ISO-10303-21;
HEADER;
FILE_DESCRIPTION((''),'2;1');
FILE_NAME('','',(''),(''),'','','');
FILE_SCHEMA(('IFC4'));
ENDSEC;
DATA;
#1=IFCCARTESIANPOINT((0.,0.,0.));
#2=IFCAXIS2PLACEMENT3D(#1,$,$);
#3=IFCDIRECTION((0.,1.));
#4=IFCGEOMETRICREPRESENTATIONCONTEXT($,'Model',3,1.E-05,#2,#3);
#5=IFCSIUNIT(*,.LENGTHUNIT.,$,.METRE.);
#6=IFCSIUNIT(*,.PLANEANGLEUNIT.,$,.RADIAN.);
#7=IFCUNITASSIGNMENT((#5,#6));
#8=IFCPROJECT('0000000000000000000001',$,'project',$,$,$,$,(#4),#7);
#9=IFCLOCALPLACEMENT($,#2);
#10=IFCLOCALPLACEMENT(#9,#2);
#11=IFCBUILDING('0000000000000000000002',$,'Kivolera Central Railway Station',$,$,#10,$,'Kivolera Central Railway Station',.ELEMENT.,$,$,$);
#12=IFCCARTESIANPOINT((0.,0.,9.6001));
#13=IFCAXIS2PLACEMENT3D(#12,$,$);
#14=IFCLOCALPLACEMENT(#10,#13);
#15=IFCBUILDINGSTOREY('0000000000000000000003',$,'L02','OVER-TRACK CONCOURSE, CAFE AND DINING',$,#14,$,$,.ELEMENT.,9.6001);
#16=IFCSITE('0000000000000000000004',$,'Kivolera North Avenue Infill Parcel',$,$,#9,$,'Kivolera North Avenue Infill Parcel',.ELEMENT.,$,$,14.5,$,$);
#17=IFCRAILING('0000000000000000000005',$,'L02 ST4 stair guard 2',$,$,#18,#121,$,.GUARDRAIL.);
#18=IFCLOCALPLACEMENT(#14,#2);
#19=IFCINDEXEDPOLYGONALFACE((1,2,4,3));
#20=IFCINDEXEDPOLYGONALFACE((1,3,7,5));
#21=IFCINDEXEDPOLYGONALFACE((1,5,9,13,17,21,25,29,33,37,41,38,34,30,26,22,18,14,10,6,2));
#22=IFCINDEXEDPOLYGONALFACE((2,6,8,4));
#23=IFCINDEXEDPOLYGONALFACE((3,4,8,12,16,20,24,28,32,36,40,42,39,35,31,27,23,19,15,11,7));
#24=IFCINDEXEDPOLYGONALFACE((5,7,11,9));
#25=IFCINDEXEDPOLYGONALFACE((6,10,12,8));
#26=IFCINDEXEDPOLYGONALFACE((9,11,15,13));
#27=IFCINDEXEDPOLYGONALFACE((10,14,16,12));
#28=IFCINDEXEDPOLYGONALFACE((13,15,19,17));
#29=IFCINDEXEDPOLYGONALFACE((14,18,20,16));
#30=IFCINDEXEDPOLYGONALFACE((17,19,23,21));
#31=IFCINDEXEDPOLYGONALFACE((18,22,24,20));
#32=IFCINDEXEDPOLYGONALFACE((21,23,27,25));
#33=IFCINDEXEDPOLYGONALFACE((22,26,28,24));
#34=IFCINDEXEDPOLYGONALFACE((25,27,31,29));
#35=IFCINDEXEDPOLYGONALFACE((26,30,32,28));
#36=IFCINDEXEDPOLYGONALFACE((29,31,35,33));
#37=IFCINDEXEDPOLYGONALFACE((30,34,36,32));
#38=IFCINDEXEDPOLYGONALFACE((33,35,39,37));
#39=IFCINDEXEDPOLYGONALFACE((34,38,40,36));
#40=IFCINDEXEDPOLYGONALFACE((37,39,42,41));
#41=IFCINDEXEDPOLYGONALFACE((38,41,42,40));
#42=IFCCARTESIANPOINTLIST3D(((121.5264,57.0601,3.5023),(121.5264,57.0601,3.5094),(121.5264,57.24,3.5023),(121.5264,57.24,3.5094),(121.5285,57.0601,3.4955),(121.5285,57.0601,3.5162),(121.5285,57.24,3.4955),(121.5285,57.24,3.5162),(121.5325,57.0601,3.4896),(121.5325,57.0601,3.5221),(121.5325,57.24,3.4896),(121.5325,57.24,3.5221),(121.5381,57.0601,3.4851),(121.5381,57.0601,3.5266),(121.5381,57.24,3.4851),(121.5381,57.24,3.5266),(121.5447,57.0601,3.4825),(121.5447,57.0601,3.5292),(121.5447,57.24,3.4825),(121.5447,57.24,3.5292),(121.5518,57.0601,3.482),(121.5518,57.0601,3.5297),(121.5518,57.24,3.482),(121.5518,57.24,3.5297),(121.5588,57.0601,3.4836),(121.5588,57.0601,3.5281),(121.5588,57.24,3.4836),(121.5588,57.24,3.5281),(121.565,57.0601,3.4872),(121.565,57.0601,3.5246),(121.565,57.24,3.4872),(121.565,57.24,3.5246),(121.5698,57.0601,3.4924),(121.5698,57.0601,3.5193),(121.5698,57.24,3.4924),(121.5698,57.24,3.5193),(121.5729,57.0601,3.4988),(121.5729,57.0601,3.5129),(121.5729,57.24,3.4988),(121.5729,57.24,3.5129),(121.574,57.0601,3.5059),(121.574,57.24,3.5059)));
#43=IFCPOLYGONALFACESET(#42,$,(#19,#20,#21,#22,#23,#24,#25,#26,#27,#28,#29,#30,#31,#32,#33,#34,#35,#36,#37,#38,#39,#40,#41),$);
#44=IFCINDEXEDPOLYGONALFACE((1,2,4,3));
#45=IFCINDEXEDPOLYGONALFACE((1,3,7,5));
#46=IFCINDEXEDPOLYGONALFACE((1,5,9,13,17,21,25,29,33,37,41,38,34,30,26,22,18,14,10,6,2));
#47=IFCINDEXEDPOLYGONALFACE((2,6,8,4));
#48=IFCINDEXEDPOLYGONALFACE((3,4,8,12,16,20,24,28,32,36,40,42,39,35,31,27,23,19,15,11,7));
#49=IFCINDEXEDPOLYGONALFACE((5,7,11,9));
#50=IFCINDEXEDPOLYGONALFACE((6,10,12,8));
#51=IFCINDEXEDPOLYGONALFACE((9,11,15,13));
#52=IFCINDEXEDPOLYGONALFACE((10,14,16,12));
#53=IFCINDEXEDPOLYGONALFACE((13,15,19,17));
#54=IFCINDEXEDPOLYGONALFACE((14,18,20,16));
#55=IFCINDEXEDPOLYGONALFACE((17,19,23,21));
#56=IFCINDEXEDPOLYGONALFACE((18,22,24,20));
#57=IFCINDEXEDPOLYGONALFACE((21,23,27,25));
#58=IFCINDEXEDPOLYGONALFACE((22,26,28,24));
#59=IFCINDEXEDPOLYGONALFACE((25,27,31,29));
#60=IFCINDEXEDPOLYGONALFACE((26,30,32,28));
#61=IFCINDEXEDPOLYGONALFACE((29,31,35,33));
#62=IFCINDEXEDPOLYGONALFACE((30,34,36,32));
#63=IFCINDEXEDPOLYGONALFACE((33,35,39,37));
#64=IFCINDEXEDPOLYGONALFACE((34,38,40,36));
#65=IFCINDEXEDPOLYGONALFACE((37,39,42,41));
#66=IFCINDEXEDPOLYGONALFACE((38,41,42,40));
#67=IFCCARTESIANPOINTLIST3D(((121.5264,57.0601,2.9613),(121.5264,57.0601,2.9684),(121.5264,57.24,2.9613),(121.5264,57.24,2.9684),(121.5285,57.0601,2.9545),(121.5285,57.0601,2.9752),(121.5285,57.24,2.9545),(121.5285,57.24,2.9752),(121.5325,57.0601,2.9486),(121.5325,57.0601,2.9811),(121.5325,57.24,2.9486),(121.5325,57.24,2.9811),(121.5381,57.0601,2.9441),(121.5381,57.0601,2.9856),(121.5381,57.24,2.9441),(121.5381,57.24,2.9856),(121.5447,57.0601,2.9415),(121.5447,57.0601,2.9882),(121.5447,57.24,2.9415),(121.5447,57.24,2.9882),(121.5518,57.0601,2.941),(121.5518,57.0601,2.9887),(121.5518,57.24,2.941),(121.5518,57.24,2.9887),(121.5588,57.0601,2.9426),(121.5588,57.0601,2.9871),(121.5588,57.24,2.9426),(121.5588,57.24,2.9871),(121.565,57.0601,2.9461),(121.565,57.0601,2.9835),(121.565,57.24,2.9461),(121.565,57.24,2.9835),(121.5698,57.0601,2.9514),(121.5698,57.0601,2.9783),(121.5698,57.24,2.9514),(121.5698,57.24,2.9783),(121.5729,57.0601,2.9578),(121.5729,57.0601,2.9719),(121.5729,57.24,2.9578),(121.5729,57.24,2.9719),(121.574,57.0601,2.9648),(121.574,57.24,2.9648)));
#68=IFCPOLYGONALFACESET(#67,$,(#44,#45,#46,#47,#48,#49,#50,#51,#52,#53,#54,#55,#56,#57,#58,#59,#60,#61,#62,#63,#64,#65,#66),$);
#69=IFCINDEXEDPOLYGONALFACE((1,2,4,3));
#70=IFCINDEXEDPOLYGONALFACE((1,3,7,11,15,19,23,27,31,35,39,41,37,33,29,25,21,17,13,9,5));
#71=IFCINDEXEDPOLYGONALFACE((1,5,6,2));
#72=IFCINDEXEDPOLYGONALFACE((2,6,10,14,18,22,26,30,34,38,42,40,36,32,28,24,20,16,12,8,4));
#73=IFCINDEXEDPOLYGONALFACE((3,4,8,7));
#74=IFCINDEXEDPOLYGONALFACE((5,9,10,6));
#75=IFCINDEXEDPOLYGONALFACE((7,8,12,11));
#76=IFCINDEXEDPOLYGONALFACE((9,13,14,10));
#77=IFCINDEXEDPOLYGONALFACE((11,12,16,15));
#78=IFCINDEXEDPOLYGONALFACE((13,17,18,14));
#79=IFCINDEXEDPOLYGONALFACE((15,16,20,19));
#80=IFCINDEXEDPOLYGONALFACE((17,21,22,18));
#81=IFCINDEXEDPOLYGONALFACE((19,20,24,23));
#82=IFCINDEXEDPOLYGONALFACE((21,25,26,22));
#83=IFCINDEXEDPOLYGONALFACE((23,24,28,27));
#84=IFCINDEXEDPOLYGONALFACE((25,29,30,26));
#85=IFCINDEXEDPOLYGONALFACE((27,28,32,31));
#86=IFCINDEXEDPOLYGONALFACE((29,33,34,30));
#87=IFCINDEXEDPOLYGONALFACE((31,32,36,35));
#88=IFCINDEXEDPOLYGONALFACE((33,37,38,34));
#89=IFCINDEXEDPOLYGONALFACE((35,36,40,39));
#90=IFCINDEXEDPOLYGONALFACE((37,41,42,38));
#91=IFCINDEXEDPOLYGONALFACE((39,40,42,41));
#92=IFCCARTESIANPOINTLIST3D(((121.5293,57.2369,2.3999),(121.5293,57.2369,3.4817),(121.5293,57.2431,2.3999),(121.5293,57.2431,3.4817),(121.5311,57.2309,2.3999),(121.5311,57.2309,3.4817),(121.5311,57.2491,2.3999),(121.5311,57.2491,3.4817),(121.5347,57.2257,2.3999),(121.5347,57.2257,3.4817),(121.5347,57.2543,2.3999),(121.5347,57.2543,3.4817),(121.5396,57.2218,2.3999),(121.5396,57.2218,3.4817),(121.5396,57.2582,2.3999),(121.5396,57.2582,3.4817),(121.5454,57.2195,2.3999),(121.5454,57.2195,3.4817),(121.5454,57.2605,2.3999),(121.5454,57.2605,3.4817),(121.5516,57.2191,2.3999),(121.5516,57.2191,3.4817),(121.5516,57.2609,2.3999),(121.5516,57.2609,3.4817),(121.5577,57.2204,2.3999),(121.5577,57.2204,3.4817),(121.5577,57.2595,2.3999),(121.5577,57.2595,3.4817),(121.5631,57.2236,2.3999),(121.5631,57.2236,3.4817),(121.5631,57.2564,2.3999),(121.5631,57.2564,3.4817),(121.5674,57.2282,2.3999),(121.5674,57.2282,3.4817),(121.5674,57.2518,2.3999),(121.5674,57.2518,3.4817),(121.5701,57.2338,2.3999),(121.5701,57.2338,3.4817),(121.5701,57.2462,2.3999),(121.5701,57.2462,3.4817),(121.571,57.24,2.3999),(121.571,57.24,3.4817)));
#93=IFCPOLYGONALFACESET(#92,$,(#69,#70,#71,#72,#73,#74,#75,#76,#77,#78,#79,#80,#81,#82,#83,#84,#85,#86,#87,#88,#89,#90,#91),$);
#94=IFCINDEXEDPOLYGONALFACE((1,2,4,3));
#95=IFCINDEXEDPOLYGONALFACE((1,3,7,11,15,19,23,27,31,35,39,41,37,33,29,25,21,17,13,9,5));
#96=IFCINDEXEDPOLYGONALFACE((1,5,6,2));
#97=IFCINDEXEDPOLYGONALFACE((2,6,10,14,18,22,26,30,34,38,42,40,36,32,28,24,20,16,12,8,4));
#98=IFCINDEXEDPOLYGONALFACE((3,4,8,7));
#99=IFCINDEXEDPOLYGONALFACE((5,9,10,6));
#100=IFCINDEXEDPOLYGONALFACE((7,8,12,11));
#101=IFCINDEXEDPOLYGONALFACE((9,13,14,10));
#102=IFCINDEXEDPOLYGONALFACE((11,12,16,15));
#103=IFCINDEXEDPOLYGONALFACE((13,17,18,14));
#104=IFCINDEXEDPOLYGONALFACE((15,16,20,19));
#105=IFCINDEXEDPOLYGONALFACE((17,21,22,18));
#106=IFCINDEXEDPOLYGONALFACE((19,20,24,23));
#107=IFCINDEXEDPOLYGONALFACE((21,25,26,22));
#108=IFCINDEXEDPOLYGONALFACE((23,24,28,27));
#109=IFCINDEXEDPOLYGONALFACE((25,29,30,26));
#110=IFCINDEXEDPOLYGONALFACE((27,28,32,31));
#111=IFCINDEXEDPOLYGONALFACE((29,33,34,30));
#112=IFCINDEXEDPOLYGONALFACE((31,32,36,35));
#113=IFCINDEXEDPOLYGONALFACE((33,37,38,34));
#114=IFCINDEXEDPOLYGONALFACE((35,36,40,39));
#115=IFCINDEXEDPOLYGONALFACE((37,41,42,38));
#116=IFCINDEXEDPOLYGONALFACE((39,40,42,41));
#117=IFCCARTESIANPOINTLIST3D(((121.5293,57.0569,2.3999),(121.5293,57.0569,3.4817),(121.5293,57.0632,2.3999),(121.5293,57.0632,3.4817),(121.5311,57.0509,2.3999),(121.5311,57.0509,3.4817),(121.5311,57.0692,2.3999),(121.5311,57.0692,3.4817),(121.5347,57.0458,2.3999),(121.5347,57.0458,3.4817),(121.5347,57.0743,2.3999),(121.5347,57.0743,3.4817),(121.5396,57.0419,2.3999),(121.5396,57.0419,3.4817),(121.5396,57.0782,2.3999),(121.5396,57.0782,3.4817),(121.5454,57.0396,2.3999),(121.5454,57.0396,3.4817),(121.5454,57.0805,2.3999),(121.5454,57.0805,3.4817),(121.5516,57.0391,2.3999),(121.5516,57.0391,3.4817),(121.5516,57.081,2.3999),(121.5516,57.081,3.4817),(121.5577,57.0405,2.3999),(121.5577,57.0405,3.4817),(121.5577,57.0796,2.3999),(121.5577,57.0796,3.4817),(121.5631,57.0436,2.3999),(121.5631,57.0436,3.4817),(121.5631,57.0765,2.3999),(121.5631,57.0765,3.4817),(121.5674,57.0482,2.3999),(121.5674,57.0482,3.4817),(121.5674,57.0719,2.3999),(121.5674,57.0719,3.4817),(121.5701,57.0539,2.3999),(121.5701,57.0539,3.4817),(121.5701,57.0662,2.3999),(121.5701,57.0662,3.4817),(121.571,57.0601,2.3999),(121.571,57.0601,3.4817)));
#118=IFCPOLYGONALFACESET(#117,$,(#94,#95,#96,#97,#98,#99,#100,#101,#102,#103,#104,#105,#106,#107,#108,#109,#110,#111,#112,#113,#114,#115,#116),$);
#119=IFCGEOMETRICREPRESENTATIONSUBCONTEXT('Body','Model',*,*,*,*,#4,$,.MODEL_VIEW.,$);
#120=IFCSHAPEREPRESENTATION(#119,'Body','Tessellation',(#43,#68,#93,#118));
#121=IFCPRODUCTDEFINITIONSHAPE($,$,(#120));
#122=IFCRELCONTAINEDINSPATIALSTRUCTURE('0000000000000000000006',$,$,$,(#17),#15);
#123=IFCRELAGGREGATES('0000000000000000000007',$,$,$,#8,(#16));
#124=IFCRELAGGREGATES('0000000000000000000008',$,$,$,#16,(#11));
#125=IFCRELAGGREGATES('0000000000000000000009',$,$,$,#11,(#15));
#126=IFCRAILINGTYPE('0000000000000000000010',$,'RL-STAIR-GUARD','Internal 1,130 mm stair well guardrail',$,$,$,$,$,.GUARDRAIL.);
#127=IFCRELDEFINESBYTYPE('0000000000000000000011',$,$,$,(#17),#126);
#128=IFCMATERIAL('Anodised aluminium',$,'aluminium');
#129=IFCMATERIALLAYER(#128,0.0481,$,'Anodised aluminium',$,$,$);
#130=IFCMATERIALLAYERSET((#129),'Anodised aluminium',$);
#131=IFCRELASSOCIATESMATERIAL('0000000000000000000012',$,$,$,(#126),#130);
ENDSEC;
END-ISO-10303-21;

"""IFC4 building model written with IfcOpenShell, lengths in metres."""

from ifc_helpers import new_model, si_unit, direction, frame, origin, origin_2d, place, context, subcontext, project, spatial, circle, extrude, material, layer, layer_set, type_object, element, save


model = new_model("IFC4")

# Units and contexts
model_context = context("Model", 3, precision=1e-05, world=origin(), true_north=direction((0.0, 1.0)))
body_context = subcontext(model_context, "Body", "Model", "MODEL_VIEW")
ifc_project = project(units=[si_unit("LENGTHUNIT", "METRE"), si_unit("PLANEANGLEUNIT", "RADIAN")], contexts=[model_context])

# Site, building, storey
site_placement = place(None, origin())
site = spatial("IfcSite", under=ifc_project, at=site_placement, Name="Kivolera North Avenue Infill Parcel", LongName="Kivolera North Avenue Infill Parcel", CompositionType="ELEMENT", RefElevation=14.5)
building_placement = place(site_placement, origin())
building = spatial("IfcBuilding", under=site, at=building_placement, Name="Kivolera Central Railway Station", LongName="Kivolera Central Railway Station", CompositionType="ELEMENT")
storey_placement = place(building_placement, frame((0.0, 0.0, 9.6001)))
storey = spatial("IfcBuildingStorey", under=building, at=storey_placement, Name="L02", Description="OVER-TRACK CONCOURSE, CAFE AND DINING", CompositionType="ELEMENT", Elevation=9.6001)

# Shared definitions
ifc_material_1 = material(Name="Anodised aluminium", Category="aluminium")

# Railing
ifc_layer_1 = layer(ifc_material_1, 0.0481, Name="Anodised aluminium")
ifc_layer_set_1 = layer_set([ifc_layer_1], Name="Anodised aluminium")
railing_type_1 = type_object("IfcRailingType", Name="RL-STAIR-GUARD", Description="Internal 1,130 mm stair well guardrail", PredefinedType="GUARDRAIL", material=ifc_layer_set_1)
railing_1_placement = place(storey_placement, frame((121.55, 57.24, 2.3999)))
element("IfcRailing", 1, at=railing_1_placement, inside=storey, type_object=railing_type_1, Name="L02 ST4 stair guard 2", PredefinedType="GUARDRAIL", context=body_context, shape_type="SweptSolid", body=[
    extrude(circle(Radius=0.0239, at=origin_2d()), frame((0.0, 0.0, 1.106), z_axis=(0.0, -1.0, 0.0), x_axis=(1.0, 0.0, 0.0)), (0.0, 0.0, 1.0), 0.1799),
    extrude(circle(Radius=0.0239, at=origin_2d()), frame((0.0, 0.0, 0.5649), z_axis=(0.0, -1.0, 0.0), x_axis=(1.0, 0.0, 0.0)), (0.0, 0.0, 1.0), 0.1799),
    extrude(circle(Radius=0.021, at=origin_2d()), origin(), (0.0, 0.0, 1.0), 1.0818),
    extrude(circle(Radius=0.021, at=origin_2d()), frame((0.0, -0.1799, 0.0)), (0.0, 0.0, 1.0), 1.0818),
])

save(model, "model.ifc")
